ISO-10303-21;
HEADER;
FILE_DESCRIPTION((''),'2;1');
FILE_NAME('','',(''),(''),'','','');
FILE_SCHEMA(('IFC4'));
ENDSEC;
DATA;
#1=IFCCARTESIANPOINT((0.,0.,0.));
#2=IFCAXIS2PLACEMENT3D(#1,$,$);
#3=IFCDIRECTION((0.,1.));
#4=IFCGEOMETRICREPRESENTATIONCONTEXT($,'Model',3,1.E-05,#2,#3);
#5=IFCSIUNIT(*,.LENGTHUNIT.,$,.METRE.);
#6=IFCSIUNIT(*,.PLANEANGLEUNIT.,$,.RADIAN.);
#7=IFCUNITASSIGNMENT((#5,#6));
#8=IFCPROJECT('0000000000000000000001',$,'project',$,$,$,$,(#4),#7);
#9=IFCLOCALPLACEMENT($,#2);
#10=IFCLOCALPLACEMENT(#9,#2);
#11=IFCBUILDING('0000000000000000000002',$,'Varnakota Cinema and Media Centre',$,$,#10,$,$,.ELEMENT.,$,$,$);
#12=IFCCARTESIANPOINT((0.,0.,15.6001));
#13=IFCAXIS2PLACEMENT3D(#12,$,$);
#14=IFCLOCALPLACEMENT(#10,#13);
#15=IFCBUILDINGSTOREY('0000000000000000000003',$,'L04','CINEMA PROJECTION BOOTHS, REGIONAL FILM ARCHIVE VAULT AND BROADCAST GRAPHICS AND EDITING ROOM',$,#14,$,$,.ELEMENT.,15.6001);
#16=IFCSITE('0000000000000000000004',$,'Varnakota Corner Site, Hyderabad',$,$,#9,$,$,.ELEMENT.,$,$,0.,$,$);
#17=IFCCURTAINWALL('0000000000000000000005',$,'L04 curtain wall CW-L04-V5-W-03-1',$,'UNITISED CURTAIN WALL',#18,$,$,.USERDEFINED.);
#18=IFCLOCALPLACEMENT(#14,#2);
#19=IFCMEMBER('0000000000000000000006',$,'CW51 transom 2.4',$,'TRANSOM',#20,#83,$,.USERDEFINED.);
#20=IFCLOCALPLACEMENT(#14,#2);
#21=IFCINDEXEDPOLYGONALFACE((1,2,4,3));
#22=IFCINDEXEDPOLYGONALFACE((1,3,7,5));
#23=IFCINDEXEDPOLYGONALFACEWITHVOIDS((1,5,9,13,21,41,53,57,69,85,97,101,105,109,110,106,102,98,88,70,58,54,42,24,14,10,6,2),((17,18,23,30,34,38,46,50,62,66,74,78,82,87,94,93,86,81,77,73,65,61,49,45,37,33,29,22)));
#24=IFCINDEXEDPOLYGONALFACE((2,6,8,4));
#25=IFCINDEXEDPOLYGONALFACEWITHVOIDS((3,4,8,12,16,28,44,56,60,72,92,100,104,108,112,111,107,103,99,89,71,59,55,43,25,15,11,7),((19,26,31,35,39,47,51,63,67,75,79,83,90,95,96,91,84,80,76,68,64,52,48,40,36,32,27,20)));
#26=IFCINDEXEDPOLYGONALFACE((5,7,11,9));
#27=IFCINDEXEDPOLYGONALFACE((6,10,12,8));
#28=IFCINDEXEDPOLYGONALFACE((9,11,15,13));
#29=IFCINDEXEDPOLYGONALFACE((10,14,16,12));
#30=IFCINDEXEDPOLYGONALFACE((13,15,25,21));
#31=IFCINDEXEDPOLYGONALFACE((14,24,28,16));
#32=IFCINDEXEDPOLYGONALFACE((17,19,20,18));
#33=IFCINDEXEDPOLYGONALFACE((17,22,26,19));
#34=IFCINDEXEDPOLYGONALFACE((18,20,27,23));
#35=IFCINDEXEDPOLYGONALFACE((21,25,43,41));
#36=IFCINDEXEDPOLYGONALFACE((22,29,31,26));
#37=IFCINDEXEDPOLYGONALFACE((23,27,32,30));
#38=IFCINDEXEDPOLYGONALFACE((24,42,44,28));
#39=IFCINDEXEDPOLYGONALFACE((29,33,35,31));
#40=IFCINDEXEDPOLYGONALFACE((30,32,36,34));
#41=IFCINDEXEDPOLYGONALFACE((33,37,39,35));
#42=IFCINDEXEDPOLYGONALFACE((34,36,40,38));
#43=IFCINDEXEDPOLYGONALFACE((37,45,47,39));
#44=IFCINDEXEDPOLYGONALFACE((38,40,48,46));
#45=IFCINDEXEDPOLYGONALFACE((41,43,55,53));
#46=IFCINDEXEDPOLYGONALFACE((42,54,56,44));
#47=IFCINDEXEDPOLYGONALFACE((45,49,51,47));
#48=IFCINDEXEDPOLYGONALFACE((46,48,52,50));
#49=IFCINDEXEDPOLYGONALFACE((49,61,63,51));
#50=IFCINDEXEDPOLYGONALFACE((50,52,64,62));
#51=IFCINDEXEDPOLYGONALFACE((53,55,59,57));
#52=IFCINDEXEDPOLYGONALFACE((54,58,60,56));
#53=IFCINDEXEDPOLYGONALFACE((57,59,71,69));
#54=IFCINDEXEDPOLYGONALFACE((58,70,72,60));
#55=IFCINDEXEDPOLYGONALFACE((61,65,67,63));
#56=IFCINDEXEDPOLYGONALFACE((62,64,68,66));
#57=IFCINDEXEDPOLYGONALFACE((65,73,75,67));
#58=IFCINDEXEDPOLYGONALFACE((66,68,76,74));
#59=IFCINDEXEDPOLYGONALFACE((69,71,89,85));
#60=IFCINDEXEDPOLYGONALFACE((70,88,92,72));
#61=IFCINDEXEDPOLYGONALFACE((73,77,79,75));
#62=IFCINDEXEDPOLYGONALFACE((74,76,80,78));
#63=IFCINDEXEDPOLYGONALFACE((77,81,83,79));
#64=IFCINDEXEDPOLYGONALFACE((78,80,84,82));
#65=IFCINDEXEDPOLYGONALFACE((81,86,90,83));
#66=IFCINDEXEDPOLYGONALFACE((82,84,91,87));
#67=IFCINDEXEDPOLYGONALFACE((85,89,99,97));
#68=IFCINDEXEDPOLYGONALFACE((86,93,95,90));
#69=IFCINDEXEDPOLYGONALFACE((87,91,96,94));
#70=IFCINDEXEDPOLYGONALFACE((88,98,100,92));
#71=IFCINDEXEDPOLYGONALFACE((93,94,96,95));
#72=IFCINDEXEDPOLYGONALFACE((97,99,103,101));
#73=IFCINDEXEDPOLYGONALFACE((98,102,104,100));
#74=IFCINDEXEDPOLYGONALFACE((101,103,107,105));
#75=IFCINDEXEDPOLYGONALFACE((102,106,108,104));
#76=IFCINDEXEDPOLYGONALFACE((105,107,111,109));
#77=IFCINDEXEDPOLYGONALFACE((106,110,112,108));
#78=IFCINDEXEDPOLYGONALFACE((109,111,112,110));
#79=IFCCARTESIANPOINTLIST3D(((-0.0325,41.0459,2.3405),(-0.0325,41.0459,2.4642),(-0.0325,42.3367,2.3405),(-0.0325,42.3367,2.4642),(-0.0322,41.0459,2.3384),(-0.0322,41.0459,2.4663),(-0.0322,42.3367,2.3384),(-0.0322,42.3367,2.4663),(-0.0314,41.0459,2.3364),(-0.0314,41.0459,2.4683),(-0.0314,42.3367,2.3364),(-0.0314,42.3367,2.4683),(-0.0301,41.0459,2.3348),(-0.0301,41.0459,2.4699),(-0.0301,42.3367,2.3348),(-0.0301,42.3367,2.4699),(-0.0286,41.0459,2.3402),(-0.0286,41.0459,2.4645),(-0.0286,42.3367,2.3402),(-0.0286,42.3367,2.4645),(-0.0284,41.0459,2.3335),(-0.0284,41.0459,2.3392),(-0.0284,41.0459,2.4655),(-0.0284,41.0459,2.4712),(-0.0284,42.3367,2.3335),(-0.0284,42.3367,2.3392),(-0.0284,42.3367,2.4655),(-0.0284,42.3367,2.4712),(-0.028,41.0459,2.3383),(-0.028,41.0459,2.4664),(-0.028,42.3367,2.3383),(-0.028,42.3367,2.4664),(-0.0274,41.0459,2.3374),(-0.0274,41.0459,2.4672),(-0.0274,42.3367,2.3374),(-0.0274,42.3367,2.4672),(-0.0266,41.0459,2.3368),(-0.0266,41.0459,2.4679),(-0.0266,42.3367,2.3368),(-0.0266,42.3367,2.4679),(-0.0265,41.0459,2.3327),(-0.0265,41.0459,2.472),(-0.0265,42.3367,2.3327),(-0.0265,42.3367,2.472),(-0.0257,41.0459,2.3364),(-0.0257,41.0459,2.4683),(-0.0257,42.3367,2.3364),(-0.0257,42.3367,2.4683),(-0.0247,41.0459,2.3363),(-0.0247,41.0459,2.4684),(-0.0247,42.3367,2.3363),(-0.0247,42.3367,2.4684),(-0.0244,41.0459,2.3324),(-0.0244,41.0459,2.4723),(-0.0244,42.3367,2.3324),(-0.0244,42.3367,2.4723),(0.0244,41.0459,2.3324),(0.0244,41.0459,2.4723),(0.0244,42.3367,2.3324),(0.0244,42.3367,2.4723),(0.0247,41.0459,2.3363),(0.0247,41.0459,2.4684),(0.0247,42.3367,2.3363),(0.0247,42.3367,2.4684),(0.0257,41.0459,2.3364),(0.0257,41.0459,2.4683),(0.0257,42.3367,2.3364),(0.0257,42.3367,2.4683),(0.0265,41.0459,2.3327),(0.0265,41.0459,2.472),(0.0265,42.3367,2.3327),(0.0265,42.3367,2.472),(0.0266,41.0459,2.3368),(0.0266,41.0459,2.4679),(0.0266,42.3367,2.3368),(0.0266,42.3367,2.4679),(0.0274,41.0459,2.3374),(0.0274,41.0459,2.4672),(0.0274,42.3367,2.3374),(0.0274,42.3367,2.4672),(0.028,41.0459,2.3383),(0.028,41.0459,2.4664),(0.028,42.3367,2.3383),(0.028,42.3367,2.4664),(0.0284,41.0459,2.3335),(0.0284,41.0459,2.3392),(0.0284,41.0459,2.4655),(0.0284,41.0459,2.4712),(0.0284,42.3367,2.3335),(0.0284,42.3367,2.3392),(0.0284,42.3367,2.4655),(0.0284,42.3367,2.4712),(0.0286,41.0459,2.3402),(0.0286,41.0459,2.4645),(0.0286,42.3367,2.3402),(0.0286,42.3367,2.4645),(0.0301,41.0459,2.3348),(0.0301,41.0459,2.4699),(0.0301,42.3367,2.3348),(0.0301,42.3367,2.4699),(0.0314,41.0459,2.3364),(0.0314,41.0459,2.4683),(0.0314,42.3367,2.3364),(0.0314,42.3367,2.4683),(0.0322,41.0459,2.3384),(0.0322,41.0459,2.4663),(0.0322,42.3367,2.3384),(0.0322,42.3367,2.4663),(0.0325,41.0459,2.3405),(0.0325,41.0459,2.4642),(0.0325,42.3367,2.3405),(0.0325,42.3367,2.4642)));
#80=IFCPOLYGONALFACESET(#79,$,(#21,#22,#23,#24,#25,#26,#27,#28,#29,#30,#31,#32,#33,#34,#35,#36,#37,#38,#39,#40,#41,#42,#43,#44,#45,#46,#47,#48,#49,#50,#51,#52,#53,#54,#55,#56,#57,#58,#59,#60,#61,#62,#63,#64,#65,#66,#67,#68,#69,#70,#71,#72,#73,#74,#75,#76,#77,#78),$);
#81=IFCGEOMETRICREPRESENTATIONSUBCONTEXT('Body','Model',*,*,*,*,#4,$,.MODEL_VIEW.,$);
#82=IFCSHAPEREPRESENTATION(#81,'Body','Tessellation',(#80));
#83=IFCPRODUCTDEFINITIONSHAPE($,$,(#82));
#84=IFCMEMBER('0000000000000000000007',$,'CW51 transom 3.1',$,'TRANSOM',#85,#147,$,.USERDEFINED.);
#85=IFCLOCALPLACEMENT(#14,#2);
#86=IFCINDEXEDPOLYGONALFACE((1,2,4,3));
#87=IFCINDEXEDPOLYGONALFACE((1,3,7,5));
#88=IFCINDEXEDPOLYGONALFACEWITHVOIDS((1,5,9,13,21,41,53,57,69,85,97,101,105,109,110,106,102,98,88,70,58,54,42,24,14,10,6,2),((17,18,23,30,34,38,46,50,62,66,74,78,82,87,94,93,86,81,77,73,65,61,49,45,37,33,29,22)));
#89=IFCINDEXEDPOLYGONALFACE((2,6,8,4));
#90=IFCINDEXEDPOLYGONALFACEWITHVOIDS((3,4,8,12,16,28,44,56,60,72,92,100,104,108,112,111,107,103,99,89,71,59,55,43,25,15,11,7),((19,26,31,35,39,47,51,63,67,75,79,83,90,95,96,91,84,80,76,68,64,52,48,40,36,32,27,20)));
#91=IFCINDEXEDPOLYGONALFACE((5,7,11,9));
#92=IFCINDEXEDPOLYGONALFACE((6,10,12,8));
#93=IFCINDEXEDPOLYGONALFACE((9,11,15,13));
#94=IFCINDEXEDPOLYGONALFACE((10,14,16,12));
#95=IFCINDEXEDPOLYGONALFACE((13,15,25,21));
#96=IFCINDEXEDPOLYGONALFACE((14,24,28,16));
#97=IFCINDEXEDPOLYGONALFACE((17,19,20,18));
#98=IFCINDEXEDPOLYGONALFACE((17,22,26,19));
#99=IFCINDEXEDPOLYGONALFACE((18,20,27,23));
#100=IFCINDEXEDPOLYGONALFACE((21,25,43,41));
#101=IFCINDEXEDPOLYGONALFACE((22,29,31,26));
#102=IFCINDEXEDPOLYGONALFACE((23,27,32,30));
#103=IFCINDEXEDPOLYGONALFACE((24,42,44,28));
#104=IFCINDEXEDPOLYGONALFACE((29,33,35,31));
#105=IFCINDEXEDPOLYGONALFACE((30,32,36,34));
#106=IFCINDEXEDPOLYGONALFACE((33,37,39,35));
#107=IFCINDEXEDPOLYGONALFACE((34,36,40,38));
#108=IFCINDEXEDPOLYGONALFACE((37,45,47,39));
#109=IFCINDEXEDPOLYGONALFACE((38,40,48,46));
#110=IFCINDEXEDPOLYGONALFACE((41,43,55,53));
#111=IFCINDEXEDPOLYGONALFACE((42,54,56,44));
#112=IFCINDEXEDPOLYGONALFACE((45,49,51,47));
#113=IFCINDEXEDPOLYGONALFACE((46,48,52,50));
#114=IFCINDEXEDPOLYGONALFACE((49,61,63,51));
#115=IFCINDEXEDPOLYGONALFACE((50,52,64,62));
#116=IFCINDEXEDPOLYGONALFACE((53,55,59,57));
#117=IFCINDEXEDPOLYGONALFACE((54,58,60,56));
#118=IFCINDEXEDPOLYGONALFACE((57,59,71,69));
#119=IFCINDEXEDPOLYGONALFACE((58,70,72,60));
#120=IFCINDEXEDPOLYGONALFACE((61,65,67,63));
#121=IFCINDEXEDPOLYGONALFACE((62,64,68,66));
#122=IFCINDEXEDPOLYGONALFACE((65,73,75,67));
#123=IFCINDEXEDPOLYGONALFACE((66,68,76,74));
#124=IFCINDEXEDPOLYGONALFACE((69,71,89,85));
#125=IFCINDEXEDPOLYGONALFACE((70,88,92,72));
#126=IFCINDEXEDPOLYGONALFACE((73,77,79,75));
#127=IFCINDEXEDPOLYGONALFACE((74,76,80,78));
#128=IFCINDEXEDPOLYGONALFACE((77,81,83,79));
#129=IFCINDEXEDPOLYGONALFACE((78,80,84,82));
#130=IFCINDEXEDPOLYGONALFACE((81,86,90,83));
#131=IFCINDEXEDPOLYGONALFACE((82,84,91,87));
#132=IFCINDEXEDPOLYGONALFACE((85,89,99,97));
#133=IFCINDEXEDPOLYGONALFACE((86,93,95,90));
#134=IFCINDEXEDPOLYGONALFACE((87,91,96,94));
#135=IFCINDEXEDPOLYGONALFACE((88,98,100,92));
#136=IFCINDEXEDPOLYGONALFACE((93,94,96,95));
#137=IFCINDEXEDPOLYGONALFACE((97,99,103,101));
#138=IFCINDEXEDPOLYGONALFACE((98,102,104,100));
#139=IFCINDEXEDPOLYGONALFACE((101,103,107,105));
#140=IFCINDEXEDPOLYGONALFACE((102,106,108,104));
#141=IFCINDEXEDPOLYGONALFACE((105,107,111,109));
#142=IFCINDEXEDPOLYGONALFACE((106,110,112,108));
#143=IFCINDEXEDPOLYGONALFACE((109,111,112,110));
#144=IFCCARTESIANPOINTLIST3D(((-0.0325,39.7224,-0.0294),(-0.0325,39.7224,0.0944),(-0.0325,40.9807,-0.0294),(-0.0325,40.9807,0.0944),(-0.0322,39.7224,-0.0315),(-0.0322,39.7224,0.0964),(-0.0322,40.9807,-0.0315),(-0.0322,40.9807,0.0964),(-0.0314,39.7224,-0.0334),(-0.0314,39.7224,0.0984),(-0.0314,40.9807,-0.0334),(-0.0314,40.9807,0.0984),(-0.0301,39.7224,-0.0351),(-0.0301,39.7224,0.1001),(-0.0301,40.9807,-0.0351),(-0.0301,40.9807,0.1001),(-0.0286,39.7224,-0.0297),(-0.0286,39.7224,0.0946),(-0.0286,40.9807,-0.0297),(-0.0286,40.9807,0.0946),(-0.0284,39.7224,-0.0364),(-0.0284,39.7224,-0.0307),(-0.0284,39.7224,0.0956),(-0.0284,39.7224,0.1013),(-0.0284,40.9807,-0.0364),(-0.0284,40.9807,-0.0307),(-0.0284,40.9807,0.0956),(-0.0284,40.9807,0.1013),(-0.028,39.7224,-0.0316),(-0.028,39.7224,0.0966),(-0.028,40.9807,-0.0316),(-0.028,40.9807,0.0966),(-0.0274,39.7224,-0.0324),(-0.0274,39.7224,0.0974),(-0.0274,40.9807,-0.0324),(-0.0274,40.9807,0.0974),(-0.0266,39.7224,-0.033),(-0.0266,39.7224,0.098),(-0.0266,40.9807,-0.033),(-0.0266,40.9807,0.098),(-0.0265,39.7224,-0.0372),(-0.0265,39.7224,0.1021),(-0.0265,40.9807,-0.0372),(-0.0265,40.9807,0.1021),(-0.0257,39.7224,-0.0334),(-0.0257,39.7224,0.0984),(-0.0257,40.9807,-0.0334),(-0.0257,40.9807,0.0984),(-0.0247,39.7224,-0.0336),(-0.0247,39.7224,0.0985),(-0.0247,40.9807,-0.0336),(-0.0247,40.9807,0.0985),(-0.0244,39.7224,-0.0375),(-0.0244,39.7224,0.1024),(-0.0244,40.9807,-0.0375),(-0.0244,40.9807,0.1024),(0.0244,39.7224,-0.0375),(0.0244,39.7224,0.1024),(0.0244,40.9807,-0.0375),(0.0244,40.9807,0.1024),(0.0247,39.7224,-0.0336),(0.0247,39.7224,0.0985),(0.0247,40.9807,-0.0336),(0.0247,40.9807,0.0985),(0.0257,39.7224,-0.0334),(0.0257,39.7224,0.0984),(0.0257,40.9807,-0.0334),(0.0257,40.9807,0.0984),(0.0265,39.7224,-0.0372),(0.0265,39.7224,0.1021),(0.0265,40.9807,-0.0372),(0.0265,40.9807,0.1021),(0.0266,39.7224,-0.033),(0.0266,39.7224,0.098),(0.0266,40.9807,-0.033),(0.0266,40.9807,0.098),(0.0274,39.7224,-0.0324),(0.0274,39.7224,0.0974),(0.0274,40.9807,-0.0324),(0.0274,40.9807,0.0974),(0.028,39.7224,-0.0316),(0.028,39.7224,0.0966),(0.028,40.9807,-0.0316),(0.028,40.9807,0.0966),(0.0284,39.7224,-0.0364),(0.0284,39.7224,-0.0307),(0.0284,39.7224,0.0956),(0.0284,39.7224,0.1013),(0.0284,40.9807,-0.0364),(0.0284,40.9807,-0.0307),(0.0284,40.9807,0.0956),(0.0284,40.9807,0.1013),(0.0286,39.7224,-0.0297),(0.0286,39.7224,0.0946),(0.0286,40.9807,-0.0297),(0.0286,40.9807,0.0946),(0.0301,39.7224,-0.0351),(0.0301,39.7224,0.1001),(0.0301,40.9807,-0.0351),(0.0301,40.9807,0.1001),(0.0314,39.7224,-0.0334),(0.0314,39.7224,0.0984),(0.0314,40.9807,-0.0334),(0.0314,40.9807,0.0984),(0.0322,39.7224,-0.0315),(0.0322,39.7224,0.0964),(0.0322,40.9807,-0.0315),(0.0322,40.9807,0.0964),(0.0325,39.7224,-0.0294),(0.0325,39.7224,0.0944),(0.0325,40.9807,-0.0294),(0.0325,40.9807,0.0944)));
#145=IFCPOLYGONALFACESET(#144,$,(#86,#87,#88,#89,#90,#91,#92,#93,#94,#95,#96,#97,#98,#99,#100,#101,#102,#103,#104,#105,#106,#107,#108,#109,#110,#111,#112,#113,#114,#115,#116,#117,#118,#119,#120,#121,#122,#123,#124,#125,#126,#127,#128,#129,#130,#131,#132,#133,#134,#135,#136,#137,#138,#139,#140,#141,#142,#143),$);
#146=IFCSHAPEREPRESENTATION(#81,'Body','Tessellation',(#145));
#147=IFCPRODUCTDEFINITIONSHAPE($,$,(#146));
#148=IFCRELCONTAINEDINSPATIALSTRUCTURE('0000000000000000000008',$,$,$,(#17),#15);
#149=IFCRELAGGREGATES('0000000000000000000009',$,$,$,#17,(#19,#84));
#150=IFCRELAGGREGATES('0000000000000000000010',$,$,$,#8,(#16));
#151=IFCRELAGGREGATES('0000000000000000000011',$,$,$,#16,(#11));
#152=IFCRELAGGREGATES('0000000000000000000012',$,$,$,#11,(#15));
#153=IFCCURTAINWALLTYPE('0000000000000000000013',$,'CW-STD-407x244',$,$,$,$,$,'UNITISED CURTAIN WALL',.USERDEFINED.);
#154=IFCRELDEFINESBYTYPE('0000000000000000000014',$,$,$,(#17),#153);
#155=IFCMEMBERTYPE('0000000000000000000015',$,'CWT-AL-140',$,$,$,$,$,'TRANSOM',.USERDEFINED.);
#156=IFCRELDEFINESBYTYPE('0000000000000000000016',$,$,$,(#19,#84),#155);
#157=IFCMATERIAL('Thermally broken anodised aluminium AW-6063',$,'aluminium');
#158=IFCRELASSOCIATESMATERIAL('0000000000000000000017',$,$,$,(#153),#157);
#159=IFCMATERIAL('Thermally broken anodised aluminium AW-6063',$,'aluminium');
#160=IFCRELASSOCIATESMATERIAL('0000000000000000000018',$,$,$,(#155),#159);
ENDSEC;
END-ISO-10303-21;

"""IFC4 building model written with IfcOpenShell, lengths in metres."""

from ifc_helpers import new_model, si_unit, direction, frame, origin, origin_2d, place, context, subcontext, project, spatial, hollow_rectangle, extrude, material, material_profile, profile_set, type_object, element, aggregate, save


model = new_model("IFC4")

# Units and contexts
model_context = context("Model", 3, precision=1e-05, world=origin(), true_north=direction((0.0, 1.0)))
body_context = subcontext(model_context, "Body", "Model", "MODEL_VIEW")
ifc_project = project(units=[si_unit("LENGTHUNIT", "METRE"), si_unit("PLANEANGLEUNIT", "RADIAN")], contexts=[model_context])

# Site, building, storey
site_placement = place(None, origin())
site = spatial("IfcSite", under=ifc_project, at=site_placement, Name="Varnakota Corner Site, Hyderabad", CompositionType="ELEMENT", RefElevation=0.0)
building_placement = place(site_placement, origin())
building = spatial("IfcBuilding", under=site, at=building_placement, Name="Varnakota Cinema and Media Centre", CompositionType="ELEMENT")
storey_placement = place(building_placement, frame((0.0, 0.0, 15.6001)))
storey = spatial("IfcBuildingStorey", under=building, at=storey_placement, Name="L04", Description="CINEMA PROJECTION BOOTHS, REGIONAL FILM ARCHIVE VAULT AND BROADCAST GRAPHICS AND EDITING ROOM", CompositionType="ELEMENT", Elevation=15.6001)

# Curtain wall
ifc_material_1 = material(Name="Thermally broken anodised aluminium AW-6063", Category="aluminium")
curtain_wall_type_1 = type_object("IfcCurtainWallType", Name="CW-STD-407x244", ElementType="UNITISED CURTAIN WALL", PredefinedType="USERDEFINED", material=ifc_material_1)
curtain_wall_1_placement = place(storey_placement, origin())
curtain_wall_1 = element("IfcCurtainWall", 1, at=curtain_wall_1_placement, inside=storey, type_object=curtain_wall_type_1, Name="L04 curtain wall CW-L04-V5-W-03-1", ObjectType="UNITISED CURTAIN WALL", PredefinedType="USERDEFINED")

# Members
ifc_material_2 = material(Name="Thermally broken anodised aluminium AW-6063", Category="aluminium")
ifc_material_profile_1 = material_profile(ifc_material_2, hollow_rectangle(XDim=0.0649, YDim=0.1399, WallThickness=0.0039, InnerFilletRadius=0.0039, OuterFilletRadius=0.0081, at=origin_2d()), Name="AL-TRANSOM 140x65x4")
ifc_profile_set_1 = profile_set([ifc_material_profile_1], Name="Thermally broken anodised aluminium AW-6063")
member_type_1 = type_object("IfcMemberType", Name="CWT-AL-140", ElementType="TRANSOM", PredefinedType="USERDEFINED", material=ifc_profile_set_1)
member_1_placement = place(storey_placement, frame((0.0, 42.3367, 2.4023), z_axis=(0.0, -1.0, 0.0), x_axis=(1.0, 0.0, 0.0)))
member_1 = element("IfcMember", 2, at=member_1_placement, type_object=member_type_1, Name="CW51 transom 2.4", ObjectType="TRANSOM", PredefinedType="USERDEFINED", context=body_context, shape_type="SweptSolid", body=[
    extrude(hollow_rectangle(XDim=0.0649, YDim=0.1399, WallThickness=0.0039, InnerFilletRadius=0.0039, OuterFilletRadius=0.0081, at=origin_2d()), origin(), (0.0, 0.0, 1.0), 1.2908),
])
member_2_placement = place(storey_placement, frame((0.0, 40.9807, 0.0325), z_axis=(0.0, -1.0, 0.0), x_axis=(1.0, 0.0, 0.0)))
member_2 = element("IfcMember", 3, at=member_2_placement, type_object=member_type_1, Name="CW51 transom 3.1", ObjectType="TRANSOM", PredefinedType="USERDEFINED", context=body_context, shape_type="SweptSolid", body=[
    extrude(hollow_rectangle(XDim=0.0649, YDim=0.1399, WallThickness=0.0039, InnerFilletRadius=0.0039, OuterFilletRadius=0.0081, at=origin_2d()), origin(), (0.0, 0.0, 1.0), 1.2583),
])

aggregate(curtain_wall_1, [member_1, member_2])

save(model, "model.ifc")
